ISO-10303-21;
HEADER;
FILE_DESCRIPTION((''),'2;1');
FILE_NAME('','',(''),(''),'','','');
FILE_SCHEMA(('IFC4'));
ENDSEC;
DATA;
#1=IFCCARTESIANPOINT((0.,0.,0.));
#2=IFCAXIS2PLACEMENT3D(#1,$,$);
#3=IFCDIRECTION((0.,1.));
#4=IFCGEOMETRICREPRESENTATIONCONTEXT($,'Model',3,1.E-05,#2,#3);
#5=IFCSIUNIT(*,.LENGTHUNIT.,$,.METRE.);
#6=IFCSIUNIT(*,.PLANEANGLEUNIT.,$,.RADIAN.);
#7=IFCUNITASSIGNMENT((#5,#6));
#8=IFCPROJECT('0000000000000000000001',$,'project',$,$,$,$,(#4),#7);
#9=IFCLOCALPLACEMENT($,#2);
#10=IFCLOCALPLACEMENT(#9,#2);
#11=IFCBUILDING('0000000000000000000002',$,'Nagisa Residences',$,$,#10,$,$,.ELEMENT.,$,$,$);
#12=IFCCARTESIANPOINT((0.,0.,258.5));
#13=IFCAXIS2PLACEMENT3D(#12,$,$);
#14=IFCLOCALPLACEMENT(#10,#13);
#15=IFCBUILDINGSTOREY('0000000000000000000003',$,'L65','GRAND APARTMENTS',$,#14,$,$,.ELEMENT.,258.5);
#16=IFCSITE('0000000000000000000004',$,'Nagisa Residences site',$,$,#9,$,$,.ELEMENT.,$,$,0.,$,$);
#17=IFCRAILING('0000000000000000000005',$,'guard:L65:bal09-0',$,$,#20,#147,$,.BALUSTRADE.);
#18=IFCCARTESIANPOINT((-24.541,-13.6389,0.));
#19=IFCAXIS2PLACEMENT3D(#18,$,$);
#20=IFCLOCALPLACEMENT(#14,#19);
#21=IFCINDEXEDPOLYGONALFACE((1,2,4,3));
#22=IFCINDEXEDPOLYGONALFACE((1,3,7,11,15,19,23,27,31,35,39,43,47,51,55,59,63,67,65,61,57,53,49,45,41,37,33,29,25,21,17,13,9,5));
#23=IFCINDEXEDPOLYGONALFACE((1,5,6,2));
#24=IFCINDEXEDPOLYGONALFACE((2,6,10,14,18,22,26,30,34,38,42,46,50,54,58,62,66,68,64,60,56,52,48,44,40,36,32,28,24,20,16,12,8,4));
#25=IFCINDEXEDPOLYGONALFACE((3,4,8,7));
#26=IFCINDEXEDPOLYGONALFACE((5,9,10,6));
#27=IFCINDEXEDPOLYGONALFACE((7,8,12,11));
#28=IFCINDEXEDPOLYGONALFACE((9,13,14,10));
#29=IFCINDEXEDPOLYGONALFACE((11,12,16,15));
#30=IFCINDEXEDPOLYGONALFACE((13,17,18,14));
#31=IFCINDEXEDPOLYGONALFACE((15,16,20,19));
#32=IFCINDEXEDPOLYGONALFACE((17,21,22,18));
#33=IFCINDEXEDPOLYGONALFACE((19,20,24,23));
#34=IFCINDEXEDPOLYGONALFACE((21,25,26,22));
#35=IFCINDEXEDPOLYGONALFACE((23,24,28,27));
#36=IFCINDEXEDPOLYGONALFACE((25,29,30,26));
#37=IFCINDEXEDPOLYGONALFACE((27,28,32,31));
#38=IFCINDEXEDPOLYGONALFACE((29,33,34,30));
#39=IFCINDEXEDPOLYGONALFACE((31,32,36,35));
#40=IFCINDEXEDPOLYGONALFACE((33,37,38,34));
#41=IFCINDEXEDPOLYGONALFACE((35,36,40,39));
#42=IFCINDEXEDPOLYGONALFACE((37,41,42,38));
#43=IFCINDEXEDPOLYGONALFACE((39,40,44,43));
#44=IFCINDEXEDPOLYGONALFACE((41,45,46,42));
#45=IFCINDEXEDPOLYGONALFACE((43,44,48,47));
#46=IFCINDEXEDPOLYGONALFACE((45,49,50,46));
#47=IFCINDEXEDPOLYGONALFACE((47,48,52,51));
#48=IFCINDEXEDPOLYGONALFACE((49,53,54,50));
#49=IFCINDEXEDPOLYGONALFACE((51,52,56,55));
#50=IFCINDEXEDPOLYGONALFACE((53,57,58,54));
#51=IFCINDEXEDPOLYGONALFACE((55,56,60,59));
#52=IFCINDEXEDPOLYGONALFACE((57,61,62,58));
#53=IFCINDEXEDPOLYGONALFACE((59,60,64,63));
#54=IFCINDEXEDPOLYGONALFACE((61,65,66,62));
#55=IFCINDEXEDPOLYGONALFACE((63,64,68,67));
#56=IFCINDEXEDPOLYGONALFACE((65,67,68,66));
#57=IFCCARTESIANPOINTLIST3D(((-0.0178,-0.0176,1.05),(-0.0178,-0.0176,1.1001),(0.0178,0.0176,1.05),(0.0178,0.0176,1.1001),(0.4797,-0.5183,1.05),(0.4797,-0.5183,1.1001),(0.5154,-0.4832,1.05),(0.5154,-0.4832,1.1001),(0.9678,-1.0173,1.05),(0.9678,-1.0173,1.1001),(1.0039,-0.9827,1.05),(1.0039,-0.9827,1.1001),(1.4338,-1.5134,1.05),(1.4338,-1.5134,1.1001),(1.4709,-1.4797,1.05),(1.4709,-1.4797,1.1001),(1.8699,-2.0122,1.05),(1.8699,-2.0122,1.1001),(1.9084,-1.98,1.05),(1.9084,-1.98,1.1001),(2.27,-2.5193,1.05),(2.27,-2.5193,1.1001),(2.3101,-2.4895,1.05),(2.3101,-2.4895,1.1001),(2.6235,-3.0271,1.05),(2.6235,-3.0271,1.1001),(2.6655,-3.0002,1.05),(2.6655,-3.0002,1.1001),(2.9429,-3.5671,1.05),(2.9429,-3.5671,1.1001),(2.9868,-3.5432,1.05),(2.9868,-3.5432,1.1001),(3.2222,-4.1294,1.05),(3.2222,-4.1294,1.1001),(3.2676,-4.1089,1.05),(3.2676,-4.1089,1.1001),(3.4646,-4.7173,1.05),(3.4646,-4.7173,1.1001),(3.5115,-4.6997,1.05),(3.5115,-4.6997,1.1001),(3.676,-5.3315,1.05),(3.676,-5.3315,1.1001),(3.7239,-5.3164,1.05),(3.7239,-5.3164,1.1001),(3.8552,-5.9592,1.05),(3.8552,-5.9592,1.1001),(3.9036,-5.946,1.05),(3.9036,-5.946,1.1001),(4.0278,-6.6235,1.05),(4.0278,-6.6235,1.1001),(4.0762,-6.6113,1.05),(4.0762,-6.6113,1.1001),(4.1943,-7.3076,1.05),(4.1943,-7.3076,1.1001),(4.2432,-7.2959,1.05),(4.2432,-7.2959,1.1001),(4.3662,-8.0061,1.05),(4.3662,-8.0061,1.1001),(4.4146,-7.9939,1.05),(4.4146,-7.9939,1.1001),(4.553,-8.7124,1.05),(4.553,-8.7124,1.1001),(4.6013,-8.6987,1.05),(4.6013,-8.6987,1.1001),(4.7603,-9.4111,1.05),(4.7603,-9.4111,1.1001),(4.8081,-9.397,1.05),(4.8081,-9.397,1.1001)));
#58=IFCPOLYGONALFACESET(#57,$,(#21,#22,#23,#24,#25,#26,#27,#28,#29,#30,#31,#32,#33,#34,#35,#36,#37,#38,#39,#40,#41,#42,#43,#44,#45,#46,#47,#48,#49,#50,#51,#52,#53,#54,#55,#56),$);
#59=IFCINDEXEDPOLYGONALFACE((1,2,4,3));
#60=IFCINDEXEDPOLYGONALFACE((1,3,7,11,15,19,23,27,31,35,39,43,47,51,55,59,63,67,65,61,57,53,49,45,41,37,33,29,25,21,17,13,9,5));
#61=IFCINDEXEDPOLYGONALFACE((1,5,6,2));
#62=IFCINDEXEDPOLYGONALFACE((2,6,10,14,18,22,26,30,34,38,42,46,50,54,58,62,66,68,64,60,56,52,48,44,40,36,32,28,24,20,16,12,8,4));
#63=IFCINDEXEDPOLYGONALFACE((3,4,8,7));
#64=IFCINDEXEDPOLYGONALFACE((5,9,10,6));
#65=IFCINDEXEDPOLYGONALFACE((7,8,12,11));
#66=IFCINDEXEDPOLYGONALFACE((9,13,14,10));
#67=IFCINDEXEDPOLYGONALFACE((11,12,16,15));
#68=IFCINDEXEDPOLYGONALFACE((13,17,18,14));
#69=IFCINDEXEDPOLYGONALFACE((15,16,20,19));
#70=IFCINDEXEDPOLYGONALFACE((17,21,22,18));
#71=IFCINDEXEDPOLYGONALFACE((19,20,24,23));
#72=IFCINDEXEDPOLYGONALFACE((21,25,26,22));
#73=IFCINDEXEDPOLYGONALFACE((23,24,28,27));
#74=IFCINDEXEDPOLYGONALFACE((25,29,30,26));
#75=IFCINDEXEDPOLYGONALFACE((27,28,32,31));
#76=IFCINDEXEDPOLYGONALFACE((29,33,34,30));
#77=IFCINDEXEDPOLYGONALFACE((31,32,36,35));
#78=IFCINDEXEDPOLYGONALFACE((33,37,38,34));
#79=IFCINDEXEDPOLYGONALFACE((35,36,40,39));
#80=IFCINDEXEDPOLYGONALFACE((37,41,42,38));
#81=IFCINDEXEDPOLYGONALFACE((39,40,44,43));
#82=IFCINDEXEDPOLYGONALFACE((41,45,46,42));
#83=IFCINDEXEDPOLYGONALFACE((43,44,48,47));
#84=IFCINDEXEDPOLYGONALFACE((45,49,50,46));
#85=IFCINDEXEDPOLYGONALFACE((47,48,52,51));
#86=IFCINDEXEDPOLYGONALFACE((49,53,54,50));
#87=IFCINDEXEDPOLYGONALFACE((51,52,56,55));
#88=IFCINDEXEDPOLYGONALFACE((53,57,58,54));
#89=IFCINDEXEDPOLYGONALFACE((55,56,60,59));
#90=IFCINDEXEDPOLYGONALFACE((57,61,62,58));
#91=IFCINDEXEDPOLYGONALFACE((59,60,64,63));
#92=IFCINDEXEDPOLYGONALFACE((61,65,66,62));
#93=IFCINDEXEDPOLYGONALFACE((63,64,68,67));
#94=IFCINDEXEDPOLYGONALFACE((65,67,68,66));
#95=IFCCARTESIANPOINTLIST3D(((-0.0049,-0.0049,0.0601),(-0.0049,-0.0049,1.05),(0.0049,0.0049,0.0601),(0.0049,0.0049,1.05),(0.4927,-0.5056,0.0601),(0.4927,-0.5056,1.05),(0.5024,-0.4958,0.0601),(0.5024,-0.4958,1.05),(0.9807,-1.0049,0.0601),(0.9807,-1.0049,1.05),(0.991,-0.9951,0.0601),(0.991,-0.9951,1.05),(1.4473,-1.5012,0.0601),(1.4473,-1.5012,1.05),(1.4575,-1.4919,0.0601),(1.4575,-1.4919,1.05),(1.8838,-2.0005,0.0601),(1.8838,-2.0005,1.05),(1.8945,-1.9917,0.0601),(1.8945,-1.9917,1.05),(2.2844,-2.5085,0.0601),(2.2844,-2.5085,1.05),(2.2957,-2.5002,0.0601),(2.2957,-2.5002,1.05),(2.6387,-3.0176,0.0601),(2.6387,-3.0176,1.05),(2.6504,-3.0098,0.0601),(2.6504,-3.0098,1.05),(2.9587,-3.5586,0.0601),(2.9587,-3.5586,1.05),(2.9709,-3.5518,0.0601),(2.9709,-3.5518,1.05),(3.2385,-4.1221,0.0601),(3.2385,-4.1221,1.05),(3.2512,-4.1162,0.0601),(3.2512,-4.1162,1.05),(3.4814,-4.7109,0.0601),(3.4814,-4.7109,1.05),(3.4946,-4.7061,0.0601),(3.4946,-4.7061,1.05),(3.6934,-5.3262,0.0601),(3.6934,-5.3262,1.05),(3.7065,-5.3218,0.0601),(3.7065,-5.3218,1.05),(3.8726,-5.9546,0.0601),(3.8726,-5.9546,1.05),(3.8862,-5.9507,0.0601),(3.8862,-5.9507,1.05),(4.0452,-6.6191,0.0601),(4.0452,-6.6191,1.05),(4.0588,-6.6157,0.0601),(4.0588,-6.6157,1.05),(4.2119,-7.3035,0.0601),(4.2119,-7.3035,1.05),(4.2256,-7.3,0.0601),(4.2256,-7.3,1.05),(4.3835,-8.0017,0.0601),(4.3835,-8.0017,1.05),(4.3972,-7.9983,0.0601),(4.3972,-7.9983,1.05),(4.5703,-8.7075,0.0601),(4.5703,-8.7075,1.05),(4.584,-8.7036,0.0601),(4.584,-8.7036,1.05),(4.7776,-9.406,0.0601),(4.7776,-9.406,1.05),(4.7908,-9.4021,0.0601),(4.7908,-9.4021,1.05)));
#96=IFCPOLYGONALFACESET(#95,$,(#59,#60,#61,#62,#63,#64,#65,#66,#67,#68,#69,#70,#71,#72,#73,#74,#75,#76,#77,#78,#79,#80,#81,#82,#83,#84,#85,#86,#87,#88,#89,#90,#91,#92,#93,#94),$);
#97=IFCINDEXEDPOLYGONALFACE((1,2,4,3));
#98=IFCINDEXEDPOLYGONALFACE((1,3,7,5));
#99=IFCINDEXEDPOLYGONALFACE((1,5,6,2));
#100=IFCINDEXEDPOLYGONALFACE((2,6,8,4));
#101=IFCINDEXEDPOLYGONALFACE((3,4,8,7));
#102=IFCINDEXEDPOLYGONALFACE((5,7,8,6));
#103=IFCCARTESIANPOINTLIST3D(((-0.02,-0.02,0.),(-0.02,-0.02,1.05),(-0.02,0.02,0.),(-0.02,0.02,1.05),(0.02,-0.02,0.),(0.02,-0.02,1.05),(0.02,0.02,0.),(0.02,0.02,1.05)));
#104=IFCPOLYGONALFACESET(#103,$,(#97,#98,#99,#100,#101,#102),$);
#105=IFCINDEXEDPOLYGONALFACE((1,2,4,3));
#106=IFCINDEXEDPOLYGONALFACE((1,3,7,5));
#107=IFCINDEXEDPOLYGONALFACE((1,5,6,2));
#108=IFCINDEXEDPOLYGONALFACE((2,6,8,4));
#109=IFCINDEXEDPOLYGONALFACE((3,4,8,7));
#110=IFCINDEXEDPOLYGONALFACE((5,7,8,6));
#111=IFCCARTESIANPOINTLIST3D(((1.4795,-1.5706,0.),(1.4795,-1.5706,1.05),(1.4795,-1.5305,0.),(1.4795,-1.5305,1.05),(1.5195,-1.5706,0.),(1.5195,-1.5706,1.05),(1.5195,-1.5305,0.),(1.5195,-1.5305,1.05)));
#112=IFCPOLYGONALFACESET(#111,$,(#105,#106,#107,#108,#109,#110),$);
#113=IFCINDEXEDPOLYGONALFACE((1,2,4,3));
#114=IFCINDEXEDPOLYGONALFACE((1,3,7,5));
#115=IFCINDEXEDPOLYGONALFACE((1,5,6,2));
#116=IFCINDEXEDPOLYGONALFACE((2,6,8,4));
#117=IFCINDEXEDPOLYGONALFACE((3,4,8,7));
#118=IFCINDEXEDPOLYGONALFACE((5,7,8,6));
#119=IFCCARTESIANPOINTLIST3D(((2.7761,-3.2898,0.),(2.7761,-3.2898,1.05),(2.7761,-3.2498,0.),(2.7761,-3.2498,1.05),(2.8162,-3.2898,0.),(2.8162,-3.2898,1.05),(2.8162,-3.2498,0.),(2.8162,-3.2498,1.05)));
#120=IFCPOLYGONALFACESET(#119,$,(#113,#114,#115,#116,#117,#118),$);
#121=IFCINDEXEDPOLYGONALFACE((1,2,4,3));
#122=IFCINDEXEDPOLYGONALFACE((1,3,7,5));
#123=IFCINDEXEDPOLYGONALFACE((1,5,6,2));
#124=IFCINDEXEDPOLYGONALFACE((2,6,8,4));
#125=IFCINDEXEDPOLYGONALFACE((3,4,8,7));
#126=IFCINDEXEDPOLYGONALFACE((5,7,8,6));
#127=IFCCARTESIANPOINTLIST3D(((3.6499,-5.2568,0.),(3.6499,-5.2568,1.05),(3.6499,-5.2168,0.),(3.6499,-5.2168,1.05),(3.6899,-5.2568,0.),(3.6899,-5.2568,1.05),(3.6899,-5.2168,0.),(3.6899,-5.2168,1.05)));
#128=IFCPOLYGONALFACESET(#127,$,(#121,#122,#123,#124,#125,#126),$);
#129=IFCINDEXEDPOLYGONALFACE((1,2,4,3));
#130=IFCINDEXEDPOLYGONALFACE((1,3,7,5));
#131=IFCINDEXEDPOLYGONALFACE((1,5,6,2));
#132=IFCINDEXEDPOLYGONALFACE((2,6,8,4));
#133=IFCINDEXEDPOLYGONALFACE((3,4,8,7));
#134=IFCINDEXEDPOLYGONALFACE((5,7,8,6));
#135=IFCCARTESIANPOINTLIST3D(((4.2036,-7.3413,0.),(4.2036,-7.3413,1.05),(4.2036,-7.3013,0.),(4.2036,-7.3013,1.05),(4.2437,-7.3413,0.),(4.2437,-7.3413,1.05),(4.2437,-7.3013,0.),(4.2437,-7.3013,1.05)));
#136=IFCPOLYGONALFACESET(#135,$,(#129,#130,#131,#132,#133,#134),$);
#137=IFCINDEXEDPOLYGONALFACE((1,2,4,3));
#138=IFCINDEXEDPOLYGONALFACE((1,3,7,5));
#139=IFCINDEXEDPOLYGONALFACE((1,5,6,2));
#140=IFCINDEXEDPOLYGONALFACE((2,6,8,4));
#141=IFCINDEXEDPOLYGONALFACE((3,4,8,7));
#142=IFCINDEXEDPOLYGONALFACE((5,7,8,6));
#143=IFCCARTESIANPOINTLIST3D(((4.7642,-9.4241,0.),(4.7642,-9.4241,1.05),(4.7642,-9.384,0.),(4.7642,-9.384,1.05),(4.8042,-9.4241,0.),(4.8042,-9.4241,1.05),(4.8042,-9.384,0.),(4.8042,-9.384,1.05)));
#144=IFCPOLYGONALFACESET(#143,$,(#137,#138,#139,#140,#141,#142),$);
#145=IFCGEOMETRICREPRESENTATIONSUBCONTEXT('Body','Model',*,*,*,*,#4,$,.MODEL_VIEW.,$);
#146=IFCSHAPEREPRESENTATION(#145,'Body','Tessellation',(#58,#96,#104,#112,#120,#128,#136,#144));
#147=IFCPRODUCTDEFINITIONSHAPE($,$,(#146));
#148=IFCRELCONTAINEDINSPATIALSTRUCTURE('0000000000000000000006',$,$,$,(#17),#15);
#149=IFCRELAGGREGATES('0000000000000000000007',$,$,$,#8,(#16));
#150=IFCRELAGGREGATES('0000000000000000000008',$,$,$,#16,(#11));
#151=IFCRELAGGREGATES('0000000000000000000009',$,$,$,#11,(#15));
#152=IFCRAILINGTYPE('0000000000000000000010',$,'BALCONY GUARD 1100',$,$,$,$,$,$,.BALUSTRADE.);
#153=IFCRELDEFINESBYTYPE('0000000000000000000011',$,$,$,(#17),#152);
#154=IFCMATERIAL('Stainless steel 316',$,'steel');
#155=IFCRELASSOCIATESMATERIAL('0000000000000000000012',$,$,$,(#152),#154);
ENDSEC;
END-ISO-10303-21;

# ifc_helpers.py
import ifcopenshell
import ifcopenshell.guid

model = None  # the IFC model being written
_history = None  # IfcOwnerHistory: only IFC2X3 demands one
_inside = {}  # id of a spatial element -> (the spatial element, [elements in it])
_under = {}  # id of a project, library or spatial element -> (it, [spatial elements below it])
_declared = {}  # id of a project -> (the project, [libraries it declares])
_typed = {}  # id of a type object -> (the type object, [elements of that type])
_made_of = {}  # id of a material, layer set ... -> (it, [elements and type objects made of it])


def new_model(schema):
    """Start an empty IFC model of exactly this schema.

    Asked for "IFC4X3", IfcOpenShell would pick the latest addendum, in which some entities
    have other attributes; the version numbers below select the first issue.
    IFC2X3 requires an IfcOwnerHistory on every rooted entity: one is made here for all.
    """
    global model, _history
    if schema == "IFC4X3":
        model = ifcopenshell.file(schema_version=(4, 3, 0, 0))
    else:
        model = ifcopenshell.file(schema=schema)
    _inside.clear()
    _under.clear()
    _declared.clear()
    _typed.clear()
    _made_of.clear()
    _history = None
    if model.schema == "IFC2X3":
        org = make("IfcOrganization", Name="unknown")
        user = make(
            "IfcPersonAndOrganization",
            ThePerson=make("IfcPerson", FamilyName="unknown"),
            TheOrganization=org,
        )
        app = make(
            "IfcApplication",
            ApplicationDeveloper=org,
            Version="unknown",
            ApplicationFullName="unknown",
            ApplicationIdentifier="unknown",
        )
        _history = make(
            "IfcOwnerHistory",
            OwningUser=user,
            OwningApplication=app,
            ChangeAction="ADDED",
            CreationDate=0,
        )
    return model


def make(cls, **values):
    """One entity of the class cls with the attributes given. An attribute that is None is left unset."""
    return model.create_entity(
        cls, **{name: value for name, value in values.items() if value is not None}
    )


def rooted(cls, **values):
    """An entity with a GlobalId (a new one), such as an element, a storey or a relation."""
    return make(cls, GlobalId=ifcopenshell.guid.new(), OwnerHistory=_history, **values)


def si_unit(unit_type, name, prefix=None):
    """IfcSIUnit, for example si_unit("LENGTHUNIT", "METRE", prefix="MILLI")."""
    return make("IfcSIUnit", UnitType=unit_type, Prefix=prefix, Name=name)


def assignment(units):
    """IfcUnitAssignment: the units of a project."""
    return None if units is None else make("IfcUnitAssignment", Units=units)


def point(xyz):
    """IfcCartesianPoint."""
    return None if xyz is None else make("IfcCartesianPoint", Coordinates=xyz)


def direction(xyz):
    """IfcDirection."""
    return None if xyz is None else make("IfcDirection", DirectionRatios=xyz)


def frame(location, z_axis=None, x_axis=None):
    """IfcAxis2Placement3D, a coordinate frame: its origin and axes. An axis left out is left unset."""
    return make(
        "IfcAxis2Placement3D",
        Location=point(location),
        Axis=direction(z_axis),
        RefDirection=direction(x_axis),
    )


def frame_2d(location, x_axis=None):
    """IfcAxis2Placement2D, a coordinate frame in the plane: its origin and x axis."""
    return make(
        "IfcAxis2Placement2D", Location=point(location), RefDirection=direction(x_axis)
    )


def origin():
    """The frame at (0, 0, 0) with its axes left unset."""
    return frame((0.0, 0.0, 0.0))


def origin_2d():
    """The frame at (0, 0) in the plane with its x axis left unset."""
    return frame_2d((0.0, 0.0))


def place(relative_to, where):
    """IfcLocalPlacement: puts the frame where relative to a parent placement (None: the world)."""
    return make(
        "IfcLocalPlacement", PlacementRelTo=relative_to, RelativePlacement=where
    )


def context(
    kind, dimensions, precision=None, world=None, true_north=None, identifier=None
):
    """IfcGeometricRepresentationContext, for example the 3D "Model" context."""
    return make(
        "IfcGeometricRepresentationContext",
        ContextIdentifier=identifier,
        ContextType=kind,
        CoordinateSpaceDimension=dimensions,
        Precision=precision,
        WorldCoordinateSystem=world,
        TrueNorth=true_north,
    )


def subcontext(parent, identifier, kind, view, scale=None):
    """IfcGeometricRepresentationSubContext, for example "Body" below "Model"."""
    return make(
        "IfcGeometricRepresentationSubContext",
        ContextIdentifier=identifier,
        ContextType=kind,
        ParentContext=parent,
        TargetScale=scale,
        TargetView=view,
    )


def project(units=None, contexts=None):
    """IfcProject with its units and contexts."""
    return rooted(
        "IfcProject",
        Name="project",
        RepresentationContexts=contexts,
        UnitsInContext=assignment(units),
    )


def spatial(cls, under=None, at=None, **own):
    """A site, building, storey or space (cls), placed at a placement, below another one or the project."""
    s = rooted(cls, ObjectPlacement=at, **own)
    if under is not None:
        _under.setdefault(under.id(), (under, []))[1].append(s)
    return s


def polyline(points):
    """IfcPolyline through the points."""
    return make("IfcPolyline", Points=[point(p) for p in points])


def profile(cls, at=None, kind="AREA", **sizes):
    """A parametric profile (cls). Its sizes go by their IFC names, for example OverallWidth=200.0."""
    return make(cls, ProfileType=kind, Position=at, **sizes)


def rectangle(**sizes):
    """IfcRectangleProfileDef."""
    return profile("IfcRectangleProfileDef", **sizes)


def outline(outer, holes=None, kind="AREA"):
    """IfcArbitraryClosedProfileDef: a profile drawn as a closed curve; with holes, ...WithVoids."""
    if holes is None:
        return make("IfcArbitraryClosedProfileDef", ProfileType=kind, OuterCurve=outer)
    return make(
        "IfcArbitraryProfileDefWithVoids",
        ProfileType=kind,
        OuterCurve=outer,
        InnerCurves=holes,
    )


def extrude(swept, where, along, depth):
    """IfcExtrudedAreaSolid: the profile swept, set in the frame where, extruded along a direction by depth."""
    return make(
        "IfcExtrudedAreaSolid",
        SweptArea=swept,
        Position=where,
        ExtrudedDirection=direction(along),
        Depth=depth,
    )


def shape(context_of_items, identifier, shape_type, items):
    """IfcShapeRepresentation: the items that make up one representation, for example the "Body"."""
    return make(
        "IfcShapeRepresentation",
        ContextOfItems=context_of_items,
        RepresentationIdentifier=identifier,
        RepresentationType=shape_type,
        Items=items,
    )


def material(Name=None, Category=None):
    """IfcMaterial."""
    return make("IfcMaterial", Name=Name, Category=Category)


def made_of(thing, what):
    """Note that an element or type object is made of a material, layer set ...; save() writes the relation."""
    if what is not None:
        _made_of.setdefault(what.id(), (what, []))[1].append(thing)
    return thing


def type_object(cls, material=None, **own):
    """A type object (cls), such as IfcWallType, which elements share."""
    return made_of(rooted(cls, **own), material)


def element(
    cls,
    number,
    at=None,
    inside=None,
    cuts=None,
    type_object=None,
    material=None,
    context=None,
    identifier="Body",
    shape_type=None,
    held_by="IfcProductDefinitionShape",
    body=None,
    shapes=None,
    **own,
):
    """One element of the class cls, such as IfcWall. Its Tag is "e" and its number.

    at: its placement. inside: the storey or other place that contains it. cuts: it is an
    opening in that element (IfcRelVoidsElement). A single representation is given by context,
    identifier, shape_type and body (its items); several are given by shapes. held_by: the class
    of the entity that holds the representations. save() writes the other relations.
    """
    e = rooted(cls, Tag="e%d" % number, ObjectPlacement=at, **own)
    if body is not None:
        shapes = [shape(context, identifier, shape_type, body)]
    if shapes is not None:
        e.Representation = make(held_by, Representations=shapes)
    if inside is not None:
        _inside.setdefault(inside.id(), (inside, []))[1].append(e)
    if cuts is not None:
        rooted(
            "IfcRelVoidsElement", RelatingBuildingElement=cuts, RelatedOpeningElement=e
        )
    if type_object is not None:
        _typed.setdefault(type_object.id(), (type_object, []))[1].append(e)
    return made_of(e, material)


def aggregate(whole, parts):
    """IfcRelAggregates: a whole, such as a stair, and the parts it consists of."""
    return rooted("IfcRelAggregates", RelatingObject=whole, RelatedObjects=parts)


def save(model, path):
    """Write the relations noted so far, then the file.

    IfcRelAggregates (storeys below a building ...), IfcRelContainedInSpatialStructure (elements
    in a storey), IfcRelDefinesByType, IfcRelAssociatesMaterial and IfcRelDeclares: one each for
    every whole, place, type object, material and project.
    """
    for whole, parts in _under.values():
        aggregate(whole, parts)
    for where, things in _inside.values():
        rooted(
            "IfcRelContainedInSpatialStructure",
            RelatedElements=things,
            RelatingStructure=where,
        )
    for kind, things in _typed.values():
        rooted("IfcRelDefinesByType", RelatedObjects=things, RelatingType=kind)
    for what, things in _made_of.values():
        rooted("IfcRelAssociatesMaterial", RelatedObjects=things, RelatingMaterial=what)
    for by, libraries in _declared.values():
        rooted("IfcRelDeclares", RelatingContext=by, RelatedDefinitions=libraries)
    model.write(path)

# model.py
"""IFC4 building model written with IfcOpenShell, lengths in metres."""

from ifc_helpers import new_model, si_unit, direction, frame, origin, origin_2d, place, context, subcontext, project, spatial, polyline, rectangle, outline, extrude, material, type_object, element, save


model = new_model("IFC4")

# Units and contexts
model_context = context("Model", 3, precision=1e-05, world=origin(), true_north=direction((0.0, 1.0)))
body_context = subcontext(model_context, "Body", "Model", "MODEL_VIEW")
ifc_project = project(units=[si_unit("LENGTHUNIT", "METRE"), si_unit("PLANEANGLEUNIT", "RADIAN")], contexts=[model_context])

# Site, building, storey
site_placement = place(None, origin())
site = spatial("IfcSite", under=ifc_project, at=site_placement, Name="Nagisa Residences site", CompositionType="ELEMENT", RefElevation=0.0)
building_placement = place(site_placement, origin())
building = spatial("IfcBuilding", under=site, at=building_placement, Name="Nagisa Residences", CompositionType="ELEMENT")
storey_placement = place(building_placement, frame((0.0, 0.0, 258.5)))
storey = spatial("IfcBuildingStorey", under=building, at=storey_placement, Name="L65", Description="GRAND APARTMENTS", CompositionType="ELEMENT", Elevation=258.5)

# Railing
ifc_material_1 = material(Name="Stainless steel 316", Category="steel")
railing_type = type_object("IfcRailingType", Name="BALCONY GUARD 1100", PredefinedType="BALUSTRADE", material=ifc_material_1)
railing_1_placement = place(storey_placement, frame((-24.541, -13.6389, 0.0)))
element("IfcRailing", 1, at=railing_1_placement, inside=storey, type_object=railing_type, Name="guard:L65:bal09-0", PredefinedType="BALUSTRADE", context=body_context, shape_type="SweptSolid", body=[
    extrude(outline(polyline([(0.5154, -0.4832), (0.0178, 0.0176), (-0.0178, -0.0176), (0.4797, -0.5183), (0.9678, -1.0173), (1.4338, -1.5134), (1.8699, -2.0122), (2.27, -2.5193), (2.6235, -3.0271), (2.9429, -3.5671), (3.2222, -4.1294), (3.4646, -4.7173), (3.676, -5.3315), (3.8552, -5.9592), (4.0278, -6.6235), (4.1943, -7.3076), (4.3662, -8.0061), (4.553, -8.7124), (4.7603, -9.4111), (4.8081, -9.397), (4.6013, -8.6987), (4.4146, -7.9939), (4.2432, -7.2959), (4.0762, -6.6113), (3.9036, -5.946), (3.7239, -5.3164), (3.5115, -4.6997), (3.2676, -4.1089), (2.9868, -3.5432), (2.6655, -3.0002), (2.3101, -2.4895), (1.9084, -1.98), (1.4709, -1.4797), (1.0039, -0.9827), (0.5154, -0.4832)])), frame((0.0, 0.0, 1.05)), (0.0, 0.0, 1.0), 0.05),
    extrude(outline(polyline([(0.5024, -0.4958), (0.0049, 0.0049), (-0.0049, -0.0049), (0.4927, -0.5056), (0.9807, -1.0049), (1.4473, -1.5012), (1.8838, -2.0005), (2.2844, -2.5085), (2.6387, -3.0176), (2.9587, -3.5586), (3.2385, -4.1221), (3.4814, -4.7109), (3.6934, -5.3262), (3.8726, -5.9546), (4.0452, -6.6191), (4.2119, -7.3035), (4.3835, -8.0017), (4.5703, -8.7075), (4.7776, -9.406), (4.7908, -9.4021), (4.584, -8.7036), (4.3972, -7.9983), (4.2256, -7.3), (4.0588, -6.6157), (3.8862, -5.9507), (3.7065, -5.3218), (3.4946, -4.7061), (3.2512, -4.1162), (2.9709, -3.5518), (2.6504, -3.0098), (2.2957, -2.5002), (1.8945, -1.9917), (1.4575, -1.4919), (0.991, -0.9951), (0.5024, -0.4958)])), frame((0.0, 0.0, 0.0601)), (0.0, 0.0, 1.0), 0.99),
    extrude(rectangle(XDim=0.04, YDim=0.04, at=origin_2d()), origin(), (0.0, 0.0, 1.0), 1.05),
    extrude(rectangle(XDim=0.04, YDim=0.04, at=origin_2d()), frame((1.4995, -1.5505, 0.0)), (0.0, 0.0, 1.0), 1.05),
    extrude(rectangle(XDim=0.04, YDim=0.04, at=origin_2d()), frame((2.7961, -3.2698, 0.0)), (0.0, 0.0, 1.0), 1.05),
    extrude(rectangle(XDim=0.04, YDim=0.04, at=origin_2d()), frame((3.6699, -5.2368, 0.0)), (0.0, 0.0, 1.0), 1.05),
    extrude(rectangle(XDim=0.04, YDim=0.04, at=origin_2d()), frame((4.2236, -7.3213, 0.0)), (0.0, 0.0, 1.0), 1.05),
    extrude(rectangle(XDim=0.04, YDim=0.04, at=origin_2d()), frame((4.7842, -9.4041, 0.0)), (0.0, 0.0, 1.0), 1.05),
])

save(model, "model.ifc")
